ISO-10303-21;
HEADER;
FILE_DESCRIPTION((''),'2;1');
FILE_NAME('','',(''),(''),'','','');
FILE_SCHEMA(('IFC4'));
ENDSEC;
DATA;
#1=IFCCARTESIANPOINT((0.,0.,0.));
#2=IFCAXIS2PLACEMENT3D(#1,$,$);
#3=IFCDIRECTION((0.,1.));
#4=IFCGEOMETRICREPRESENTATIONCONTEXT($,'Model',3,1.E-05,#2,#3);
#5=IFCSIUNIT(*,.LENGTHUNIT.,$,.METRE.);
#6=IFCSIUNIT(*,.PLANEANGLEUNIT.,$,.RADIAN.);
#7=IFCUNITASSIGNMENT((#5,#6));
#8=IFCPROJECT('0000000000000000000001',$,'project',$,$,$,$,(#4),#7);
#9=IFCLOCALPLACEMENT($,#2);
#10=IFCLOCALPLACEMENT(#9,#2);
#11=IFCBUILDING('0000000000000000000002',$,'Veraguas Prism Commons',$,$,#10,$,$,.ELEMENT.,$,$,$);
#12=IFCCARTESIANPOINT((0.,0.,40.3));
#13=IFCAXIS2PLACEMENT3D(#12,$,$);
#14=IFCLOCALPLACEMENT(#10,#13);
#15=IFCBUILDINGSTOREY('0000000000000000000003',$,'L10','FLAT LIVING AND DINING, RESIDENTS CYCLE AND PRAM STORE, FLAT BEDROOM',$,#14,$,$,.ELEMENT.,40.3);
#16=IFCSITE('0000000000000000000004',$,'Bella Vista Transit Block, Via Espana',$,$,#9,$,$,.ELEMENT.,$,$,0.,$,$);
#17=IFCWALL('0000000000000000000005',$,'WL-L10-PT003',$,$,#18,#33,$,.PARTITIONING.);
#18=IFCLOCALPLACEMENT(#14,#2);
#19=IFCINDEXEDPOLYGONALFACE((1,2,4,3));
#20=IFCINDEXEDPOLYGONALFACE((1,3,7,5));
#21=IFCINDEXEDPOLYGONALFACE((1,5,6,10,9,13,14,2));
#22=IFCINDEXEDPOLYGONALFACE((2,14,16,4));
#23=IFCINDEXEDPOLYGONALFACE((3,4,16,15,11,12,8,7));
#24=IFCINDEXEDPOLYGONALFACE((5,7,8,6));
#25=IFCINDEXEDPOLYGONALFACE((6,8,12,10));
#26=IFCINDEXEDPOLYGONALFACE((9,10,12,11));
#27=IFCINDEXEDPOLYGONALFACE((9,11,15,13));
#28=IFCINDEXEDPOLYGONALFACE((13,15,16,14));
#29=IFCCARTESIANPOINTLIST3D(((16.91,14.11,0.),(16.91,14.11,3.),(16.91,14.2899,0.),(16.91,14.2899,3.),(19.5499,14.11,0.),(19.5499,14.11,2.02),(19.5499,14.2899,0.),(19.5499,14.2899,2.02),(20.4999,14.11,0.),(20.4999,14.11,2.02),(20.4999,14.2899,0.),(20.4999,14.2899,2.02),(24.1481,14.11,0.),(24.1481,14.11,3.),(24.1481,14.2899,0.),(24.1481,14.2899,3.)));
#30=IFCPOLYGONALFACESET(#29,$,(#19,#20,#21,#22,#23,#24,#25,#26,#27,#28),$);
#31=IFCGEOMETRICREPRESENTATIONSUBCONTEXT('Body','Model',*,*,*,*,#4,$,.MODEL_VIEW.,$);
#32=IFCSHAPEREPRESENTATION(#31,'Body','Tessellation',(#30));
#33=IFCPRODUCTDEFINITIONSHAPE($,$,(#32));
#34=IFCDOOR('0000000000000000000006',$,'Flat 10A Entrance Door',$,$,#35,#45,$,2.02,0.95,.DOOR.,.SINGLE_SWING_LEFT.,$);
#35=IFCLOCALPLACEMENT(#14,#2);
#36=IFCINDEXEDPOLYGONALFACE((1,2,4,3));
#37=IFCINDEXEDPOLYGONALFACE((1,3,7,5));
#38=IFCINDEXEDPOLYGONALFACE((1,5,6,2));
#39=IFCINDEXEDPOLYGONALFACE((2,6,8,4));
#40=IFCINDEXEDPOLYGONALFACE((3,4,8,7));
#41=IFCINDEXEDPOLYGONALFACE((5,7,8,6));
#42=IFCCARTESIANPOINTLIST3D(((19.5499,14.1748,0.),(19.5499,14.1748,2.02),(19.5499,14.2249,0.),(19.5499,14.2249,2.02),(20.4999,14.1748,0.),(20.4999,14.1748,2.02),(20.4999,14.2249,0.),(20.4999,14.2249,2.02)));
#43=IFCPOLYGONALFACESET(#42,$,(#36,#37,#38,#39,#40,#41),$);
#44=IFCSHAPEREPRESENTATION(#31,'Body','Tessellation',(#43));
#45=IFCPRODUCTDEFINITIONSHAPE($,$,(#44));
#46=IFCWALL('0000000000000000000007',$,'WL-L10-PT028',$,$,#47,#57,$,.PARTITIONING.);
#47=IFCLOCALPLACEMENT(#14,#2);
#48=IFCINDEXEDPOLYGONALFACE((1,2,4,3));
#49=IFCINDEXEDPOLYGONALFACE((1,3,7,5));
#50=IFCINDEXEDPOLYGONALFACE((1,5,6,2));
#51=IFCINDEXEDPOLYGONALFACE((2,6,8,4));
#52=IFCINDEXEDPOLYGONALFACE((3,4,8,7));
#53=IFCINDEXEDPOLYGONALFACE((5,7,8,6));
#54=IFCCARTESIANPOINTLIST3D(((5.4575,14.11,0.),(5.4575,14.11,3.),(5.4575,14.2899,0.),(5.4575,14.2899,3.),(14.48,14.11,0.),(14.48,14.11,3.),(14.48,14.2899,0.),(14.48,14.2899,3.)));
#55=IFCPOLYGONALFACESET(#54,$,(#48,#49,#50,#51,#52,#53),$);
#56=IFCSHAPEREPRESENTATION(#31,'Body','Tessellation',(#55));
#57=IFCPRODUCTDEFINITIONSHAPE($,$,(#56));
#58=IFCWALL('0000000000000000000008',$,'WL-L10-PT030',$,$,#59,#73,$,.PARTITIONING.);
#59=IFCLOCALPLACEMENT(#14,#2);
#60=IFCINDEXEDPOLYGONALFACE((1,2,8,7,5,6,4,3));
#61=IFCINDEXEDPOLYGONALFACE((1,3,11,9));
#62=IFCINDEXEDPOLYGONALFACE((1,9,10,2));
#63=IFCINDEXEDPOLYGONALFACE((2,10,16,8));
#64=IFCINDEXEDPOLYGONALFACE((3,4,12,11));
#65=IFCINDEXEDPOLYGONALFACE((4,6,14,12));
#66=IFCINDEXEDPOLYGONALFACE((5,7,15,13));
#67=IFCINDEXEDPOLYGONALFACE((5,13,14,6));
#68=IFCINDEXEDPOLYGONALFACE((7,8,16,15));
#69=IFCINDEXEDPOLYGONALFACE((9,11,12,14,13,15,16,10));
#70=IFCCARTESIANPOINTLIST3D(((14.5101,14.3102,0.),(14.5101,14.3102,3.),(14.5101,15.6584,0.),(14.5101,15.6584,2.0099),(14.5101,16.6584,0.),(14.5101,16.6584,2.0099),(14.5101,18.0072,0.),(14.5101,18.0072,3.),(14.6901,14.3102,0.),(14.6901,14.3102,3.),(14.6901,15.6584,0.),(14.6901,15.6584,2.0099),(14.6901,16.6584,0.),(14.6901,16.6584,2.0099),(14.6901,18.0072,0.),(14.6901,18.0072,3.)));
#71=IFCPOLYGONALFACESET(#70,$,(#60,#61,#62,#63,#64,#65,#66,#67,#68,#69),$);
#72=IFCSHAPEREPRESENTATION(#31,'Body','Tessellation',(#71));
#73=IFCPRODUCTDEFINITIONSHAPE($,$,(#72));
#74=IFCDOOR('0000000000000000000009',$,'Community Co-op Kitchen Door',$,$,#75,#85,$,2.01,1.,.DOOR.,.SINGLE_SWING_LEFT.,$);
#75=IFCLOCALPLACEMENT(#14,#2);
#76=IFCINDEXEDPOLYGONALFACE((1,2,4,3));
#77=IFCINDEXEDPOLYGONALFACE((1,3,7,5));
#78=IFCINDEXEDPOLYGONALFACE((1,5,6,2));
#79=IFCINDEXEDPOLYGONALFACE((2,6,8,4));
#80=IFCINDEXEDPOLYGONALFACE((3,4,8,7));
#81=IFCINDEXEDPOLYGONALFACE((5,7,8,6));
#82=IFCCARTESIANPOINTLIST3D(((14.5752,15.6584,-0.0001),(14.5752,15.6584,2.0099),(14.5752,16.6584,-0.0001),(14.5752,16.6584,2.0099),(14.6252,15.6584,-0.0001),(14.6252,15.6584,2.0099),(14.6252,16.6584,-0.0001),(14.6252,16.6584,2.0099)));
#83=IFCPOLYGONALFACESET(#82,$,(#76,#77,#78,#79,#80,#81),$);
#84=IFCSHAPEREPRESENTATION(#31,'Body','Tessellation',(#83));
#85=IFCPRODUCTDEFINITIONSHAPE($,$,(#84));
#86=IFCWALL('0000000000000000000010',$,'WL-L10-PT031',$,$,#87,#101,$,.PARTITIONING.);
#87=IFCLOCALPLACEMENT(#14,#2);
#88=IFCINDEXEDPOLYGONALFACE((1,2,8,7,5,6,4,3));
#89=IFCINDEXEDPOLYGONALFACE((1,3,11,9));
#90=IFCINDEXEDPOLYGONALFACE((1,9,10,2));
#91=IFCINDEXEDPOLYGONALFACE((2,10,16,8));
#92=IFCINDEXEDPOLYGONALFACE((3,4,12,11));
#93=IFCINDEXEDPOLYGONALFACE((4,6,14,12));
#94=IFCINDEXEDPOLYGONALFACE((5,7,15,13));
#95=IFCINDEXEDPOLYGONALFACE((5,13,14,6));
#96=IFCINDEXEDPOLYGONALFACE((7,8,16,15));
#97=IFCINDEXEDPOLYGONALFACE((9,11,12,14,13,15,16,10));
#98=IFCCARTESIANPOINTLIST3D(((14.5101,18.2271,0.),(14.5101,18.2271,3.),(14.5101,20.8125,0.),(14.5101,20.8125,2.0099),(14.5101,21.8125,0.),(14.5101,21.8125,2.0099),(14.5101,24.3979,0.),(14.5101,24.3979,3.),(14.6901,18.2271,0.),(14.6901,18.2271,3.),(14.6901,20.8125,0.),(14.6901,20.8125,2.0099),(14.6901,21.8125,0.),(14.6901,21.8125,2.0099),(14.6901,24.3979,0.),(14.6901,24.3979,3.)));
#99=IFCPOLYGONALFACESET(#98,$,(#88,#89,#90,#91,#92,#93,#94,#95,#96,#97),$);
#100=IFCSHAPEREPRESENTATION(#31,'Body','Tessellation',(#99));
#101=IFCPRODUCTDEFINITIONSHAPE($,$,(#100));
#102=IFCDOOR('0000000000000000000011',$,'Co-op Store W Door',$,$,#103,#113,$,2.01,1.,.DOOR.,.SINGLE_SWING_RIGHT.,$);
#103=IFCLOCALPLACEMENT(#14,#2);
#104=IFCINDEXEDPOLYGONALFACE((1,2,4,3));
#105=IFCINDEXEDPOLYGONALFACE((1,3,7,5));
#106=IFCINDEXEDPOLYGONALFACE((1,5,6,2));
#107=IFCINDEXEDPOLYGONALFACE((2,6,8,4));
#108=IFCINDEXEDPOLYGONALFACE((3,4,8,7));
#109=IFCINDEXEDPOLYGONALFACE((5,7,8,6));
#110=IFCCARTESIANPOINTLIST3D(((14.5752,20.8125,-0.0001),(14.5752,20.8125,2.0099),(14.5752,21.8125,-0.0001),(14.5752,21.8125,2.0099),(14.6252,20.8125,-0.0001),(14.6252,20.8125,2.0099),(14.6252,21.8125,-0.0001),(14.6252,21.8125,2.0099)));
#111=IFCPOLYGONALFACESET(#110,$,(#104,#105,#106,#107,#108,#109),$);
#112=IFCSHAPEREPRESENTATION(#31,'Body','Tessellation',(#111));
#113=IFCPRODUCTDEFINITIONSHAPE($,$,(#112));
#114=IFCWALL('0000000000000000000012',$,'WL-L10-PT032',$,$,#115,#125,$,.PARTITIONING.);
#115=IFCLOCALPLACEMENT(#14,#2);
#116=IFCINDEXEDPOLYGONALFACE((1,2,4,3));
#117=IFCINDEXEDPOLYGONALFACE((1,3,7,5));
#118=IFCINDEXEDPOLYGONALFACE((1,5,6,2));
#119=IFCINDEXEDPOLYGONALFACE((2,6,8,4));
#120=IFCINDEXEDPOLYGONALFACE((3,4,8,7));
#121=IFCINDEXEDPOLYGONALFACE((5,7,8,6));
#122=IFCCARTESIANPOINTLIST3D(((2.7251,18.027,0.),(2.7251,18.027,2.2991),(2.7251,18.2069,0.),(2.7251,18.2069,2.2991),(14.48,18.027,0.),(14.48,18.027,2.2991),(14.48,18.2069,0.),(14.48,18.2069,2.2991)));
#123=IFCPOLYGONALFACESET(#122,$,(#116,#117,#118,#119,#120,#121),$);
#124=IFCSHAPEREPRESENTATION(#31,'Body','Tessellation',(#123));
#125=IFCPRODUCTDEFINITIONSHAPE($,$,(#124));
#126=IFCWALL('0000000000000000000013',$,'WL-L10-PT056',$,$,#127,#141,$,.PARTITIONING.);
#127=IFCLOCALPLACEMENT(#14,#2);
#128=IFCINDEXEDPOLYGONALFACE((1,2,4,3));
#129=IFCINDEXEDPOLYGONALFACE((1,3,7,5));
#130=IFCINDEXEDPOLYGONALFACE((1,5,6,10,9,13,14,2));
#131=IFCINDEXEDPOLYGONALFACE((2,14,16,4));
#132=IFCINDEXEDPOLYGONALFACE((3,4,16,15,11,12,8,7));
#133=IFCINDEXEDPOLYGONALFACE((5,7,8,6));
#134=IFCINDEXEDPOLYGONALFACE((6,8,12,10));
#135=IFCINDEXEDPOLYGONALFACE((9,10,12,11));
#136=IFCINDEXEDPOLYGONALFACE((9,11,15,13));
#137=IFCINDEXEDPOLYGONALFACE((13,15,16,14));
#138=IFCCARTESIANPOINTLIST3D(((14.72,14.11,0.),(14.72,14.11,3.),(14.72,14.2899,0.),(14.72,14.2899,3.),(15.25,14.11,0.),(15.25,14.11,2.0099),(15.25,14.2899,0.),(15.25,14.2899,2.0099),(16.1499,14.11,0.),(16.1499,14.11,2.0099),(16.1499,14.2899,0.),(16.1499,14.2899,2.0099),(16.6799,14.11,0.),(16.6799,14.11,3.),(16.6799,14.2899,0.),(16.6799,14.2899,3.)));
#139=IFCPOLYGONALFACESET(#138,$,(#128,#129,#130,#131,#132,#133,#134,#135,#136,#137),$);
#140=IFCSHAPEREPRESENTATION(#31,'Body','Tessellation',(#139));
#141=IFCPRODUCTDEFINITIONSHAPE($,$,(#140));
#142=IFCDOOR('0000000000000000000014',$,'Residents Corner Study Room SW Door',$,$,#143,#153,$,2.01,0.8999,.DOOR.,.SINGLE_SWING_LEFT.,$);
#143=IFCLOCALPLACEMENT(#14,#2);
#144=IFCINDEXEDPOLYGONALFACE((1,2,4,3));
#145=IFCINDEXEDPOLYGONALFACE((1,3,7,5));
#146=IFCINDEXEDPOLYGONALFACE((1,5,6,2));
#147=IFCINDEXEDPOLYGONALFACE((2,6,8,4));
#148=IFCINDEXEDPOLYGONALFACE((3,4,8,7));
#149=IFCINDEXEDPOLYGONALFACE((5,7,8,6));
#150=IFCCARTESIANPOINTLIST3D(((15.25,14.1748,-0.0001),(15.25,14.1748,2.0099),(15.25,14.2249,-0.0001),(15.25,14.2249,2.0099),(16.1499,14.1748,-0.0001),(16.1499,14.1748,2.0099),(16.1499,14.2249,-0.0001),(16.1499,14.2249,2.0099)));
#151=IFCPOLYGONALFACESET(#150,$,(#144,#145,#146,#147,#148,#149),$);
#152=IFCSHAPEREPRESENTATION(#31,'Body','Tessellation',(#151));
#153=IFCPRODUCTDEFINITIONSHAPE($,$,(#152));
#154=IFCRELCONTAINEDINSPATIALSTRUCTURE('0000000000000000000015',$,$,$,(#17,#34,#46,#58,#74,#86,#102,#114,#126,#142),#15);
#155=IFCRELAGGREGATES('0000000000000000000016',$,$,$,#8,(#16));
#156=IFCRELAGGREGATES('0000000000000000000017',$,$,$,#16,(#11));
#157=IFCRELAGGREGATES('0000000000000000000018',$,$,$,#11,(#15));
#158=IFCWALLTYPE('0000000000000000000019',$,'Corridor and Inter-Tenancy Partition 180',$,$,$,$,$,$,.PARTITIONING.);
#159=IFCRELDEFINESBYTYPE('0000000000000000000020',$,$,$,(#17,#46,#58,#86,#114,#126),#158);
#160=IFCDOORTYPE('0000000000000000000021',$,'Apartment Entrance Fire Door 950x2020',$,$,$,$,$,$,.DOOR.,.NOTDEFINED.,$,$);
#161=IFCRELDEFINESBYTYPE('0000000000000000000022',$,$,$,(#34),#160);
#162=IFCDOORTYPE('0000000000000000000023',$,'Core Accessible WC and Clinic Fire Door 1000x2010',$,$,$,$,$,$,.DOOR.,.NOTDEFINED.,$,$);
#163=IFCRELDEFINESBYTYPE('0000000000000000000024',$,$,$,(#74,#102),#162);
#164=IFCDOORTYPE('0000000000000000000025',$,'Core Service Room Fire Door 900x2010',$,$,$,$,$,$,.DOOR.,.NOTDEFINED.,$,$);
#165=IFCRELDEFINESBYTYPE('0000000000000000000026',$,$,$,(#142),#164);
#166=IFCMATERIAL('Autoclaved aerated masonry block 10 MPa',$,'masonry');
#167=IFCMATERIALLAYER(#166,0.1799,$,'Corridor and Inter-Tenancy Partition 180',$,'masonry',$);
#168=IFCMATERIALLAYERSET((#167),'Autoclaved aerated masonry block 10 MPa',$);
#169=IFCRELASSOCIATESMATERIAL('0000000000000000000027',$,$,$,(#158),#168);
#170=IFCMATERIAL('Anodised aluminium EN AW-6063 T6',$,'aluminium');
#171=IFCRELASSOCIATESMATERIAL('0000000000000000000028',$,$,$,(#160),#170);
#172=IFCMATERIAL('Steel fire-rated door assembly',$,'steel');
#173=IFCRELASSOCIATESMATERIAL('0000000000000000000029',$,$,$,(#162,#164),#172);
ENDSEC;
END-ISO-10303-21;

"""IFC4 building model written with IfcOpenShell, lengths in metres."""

from ifc_helpers import new_model, si_unit, direction, frame, frame_2d, origin, place, context, subcontext, project, spatial, rectangle, extrude, source, transform, mapped, material, layer, layer_set, type_object, element, fill, save


model = new_model("IFC4")

# Units and contexts
model_context = context("Model", 3, precision=1e-05, world=origin(), true_north=direction((0.0, 1.0)))
body_context = subcontext(model_context, "Body", "Model", "MODEL_VIEW")
ifc_project = project(units=[si_unit("LENGTHUNIT", "METRE"), si_unit("PLANEANGLEUNIT", "RADIAN")], contexts=[model_context])

# Site, building, storey
site_placement = place(None, origin())
site = spatial("IfcSite", under=ifc_project, at=site_placement, Name="Bella Vista Transit Block, Via Espana", CompositionType="ELEMENT", RefElevation=0.0)
building_placement = place(site_placement, origin())
building = spatial("IfcBuilding", under=site, at=building_placement, Name="Veraguas Prism Commons", CompositionType="ELEMENT")
storey_placement = place(building_placement, frame((0.0, 0.0, 40.3)))
storey = spatial("IfcBuildingStorey", under=building, at=storey_placement, Name="L10", Description="FLAT LIVING AND DINING, RESIDENTS CYCLE AND PRAM STORE, FLAT BEDROOM", CompositionType="ELEMENT", Elevation=40.3)

# Shared definitions
ifc_material_1 = material(Name="Steel fire-rated door assembly", Category="steel")

# Wall, opening, door
ifc_material_2 = material(Name="Autoclaved aerated masonry block 10 MPa", Category="masonry")
ifc_layer_1 = layer(ifc_material_2, 0.1799, Name="Corridor and Inter-Tenancy Partition 180", Category="masonry")
ifc_layer_set_1 = layer_set([ifc_layer_1], Name="Autoclaved aerated masonry block 10 MPa")
wall_type_1 = type_object("IfcWallType", Name="Corridor and Inter-Tenancy Partition 180", PredefinedType="PARTITIONING", material=ifc_layer_set_1)
wall_1_placement = place(storey_placement, frame((16.9099, 14.2, 0.0), z_axis=(0.0, 0.0, 1.0), x_axis=(1.0, 0.0, 0.0)))
wall_1 = element("IfcWall", 1, at=wall_1_placement, inside=storey, type_object=wall_type_1, Name="WL-L10-PT003", PredefinedType="PARTITIONING", context=body_context, shape_type="SweptSolid", body=[
    extrude(rectangle(XDim=7.238, YDim=0.1799, at=frame_2d((3.6191, 0.0))), origin(), (0.0, 0.0, 1.0), 3.0),
])
opening_1_placement = place(wall_1_placement, frame((2.6399, 0.0, 0.0)))
opening_1 = element("IfcOpeningElement", 2, at=opening_1_placement, cuts=wall_1, PredefinedType="OPENING", context=body_context, shape_type="SweptSolid", body=[
    extrude(rectangle(XDim=0.95, YDim=2.02, at=frame_2d((0.4751, 1.01))), frame((0.0, 0.0999, 0.0), z_axis=(0.0, -1.0, 0.0), x_axis=(1.0, 0.0, 0.0)), (0.0, 0.0, 1.0), 0.2),
])
ifc_material_3 = material(Name="Anodised aluminium EN AW-6063 T6", Category="aluminium")
door_type_1 = type_object("IfcDoorType", Name="Apartment Entrance Fire Door 950x2020", OperationType="NOTDEFINED", PredefinedType="DOOR", material=ifc_material_3)
shared_shape_1 = source(origin(), body_context, "Body", "SweptSolid", [
    extrude(rectangle(XDim=0.95, YDim=2.02, at=frame_2d((0.4751, 1.01))), frame((0.0, 0.0249, 0.0), z_axis=(0.0, -1.0, 0.0), x_axis=(1.0, 0.0, 0.0)), (0.0, 0.0, 1.0), 0.05),
])
door_1_placement = place(opening_1_placement, origin())
door_1 = element("IfcDoor", 3, at=door_1_placement, inside=storey, type_object=door_type_1, Name="Flat 10A Entrance Door", OperationType="SINGLE_SWING_LEFT", OverallHeight=2.02, OverallWidth=0.95, PredefinedType="DOOR", context=body_context, shape_type="MappedRepresentation", body=[
    mapped(shared_shape_1, transform((0.0, 0.0, 0.0), scale=1.0)),
])
fill(opening_1, door_1)

# Wall
wall_2_placement = place(storey_placement, frame((14.48, 14.2, 0.0), z_axis=(0.0, 0.0, 1.0), x_axis=(-1.0, 0.0, 0.0)))
element("IfcWall", 4, at=wall_2_placement, inside=storey, type_object=wall_type_1, Name="WL-L10-PT028", PredefinedType="PARTITIONING", context=body_context, shape_type="SweptSolid", body=[
    extrude(rectangle(XDim=9.0225, YDim=0.1799, at=frame_2d((4.5112, 0.0))), origin(), (0.0, 0.0, 1.0), 3.0),
])

# Walls, openings, doors
wall_3_placement = place(storey_placement, frame((14.6001, 14.3101, 0.0), z_axis=(0.0, 0.0, 1.0), x_axis=(0.0, 1.0, 0.0)))
wall_3 = element("IfcWall", 5, at=wall_3_placement, inside=storey, type_object=wall_type_1, Name="WL-L10-PT030", PredefinedType="PARTITIONING", context=body_context, shape_type="SweptSolid", body=[
    extrude(rectangle(XDim=3.697, YDim=0.1799, at=frame_2d((1.8486, 0.0))), origin(), (0.0, 0.0, 1.0), 3.0),
])
opening_2_placement = place(wall_3_placement, frame((1.3484, 0.0, 0.0)))
opening_2 = element("IfcOpeningElement", 6, at=opening_2_placement, cuts=wall_3, PredefinedType="OPENING", context=body_context, shape_type="SweptSolid", body=[
    extrude(rectangle(XDim=1.0, YDim=2.01, at=frame_2d((0.5, 1.0049))), frame((0.0, 0.0999, 0.0), z_axis=(0.0, -1.0, 0.0), x_axis=(1.0, 0.0, 0.0)), (0.0, 0.0, 1.0), 0.2),
])
door_type_2 = type_object("IfcDoorType", Name="Core Accessible WC and Clinic Fire Door 1000x2010", OperationType="NOTDEFINED", PredefinedType="DOOR", material=ifc_material_1)
shared_shape_2 = source(origin(), body_context, "Body", "SweptSolid", [
    extrude(rectangle(XDim=1.0, YDim=2.01, at=frame_2d((0.5, 1.0049))), frame((0.0, 0.0249, 0.0), z_axis=(0.0, -1.0, 0.0), x_axis=(1.0, 0.0, 0.0)), (0.0, 0.0, 1.0), 0.05),
])
door_2_placement = place(opening_2_placement, origin())
door_2 = element("IfcDoor", 7, at=door_2_placement, inside=storey, type_object=door_type_2, Name="Community Co-op Kitchen Door", OperationType="SINGLE_SWING_LEFT", OverallHeight=2.01, OverallWidth=1.0, PredefinedType="DOOR", context=body_context, shape_type="MappedRepresentation", body=[
    mapped(shared_shape_2, transform((0.0, 0.0, 0.0), scale=1.0)),
])
fill(opening_2, door_2)
wall_4_placement = place(storey_placement, frame((14.6001, 18.2271, 0.0), z_axis=(0.0, 0.0, 1.0), x_axis=(0.0, 1.0, 0.0)))
wall_4 = element("IfcWall", 8, at=wall_4_placement, inside=storey, type_object=wall_type_1, Name="WL-L10-PT031", PredefinedType="PARTITIONING", context=body_context, shape_type="SweptSolid", body=[
    extrude(rectangle(XDim=6.1709, YDim=0.1799, at=frame_2d((3.0854, 0.0))), origin(), (0.0, 0.0, 1.0), 3.0),
])
opening_3_placement = place(wall_4_placement, frame((2.5854, 0.0, 0.0)))
opening_3 = element("IfcOpeningElement", 9, at=opening_3_placement, cuts=wall_4, PredefinedType="OPENING", context=body_context, shape_type="SweptSolid", body=[
    extrude(rectangle(XDim=1.0, YDim=2.01, at=frame_2d((0.5, 1.0049))), frame((0.0, 0.0999, 0.0), z_axis=(0.0, -1.0, 0.0), x_axis=(1.0, 0.0, 0.0)), (0.0, 0.0, 1.0), 0.2),
])
door_3_placement = place(opening_3_placement, origin())
door_3 = element("IfcDoor", 10, at=door_3_placement, inside=storey, type_object=door_type_2, Name="Co-op Store W Door", OperationType="SINGLE_SWING_RIGHT", OverallHeight=2.01, OverallWidth=1.0, PredefinedType="DOOR", context=body_context, shape_type="MappedRepresentation", body=[
    mapped(shared_shape_2, transform((0.0, 0.0, 0.0), scale=1.0)),
])
fill(opening_3, door_3)

# Wall
wall_5_placement = place(storey_placement, frame((14.48, 18.1169, 0.0), z_axis=(0.0, 0.0, 1.0), x_axis=(-1.0, 0.0, 0.0)))
element("IfcWall", 11, at=wall_5_placement, inside=storey, type_object=wall_type_1, Name="WL-L10-PT032", PredefinedType="PARTITIONING", context=body_context, shape_type="SweptSolid", body=[
    extrude(rectangle(XDim=11.7549, YDim=0.1799, at=frame_2d((5.8774, 0.0))), origin(), (0.0, 0.0, 1.0), 2.2991),
])

# Wall, opening, door
wall_6_placement = place(storey_placement, frame((14.72, 14.2, 0.0), z_axis=(0.0, 0.0, 1.0), x_axis=(1.0, 0.0, 0.0)))
wall_6 = element("IfcWall", 12, at=wall_6_placement, inside=storey, type_object=wall_type_1, Name="WL-L10-PT056", PredefinedType="PARTITIONING", context=body_context, shape_type="SweptSolid", body=[
    extrude(rectangle(XDim=1.96, YDim=0.1799, at=frame_2d((0.98, 0.0))), origin(), (0.0, 0.0, 1.0), 3.0),
])
opening_4_placement = place(wall_6_placement, frame((0.53, 0.0, 0.0)))
opening_4 = element("IfcOpeningElement", 13, at=opening_4_placement, cuts=wall_6, PredefinedType="OPENING", context=body_context, shape_type="SweptSolid", body=[
    extrude(rectangle(XDim=0.8999, YDim=2.01, at=frame_2d((0.45, 1.0049))), frame((0.0, 0.0999, 0.0), z_axis=(0.0, -1.0, 0.0), x_axis=(1.0, 0.0, 0.0)), (0.0, 0.0, 1.0), 0.2),
])
door_type_3 = type_object("IfcDoorType", Name="Core Service Room Fire Door 900x2010", OperationType="NOTDEFINED", PredefinedType="DOOR", material=ifc_material_1)
shared_shape_3 = source(origin(), body_context, "Body", "SweptSolid", [
    extrude(rectangle(XDim=0.8999, YDim=2.01, at=frame_2d((0.45, 1.0049))), frame((0.0, 0.0249, 0.0), z_axis=(0.0, -1.0, 0.0), x_axis=(1.0, 0.0, 0.0)), (0.0, 0.0, 1.0), 0.05),
])
door_4_placement = place(opening_4_placement, origin())
door_4 = element("IfcDoor", 14, at=door_4_placement, inside=storey, type_object=door_type_3, Name="Residents Corner Study Room SW Door", OperationType="SINGLE_SWING_LEFT", OverallHeight=2.01, OverallWidth=0.8999, PredefinedType="DOOR", context=body_context, shape_type="MappedRepresentation", body=[
    mapped(shared_shape_3, transform((0.0, 0.0, 0.0), scale=1.0)),
])
fill(opening_4, door_4)

save(model, "model.ifc")
